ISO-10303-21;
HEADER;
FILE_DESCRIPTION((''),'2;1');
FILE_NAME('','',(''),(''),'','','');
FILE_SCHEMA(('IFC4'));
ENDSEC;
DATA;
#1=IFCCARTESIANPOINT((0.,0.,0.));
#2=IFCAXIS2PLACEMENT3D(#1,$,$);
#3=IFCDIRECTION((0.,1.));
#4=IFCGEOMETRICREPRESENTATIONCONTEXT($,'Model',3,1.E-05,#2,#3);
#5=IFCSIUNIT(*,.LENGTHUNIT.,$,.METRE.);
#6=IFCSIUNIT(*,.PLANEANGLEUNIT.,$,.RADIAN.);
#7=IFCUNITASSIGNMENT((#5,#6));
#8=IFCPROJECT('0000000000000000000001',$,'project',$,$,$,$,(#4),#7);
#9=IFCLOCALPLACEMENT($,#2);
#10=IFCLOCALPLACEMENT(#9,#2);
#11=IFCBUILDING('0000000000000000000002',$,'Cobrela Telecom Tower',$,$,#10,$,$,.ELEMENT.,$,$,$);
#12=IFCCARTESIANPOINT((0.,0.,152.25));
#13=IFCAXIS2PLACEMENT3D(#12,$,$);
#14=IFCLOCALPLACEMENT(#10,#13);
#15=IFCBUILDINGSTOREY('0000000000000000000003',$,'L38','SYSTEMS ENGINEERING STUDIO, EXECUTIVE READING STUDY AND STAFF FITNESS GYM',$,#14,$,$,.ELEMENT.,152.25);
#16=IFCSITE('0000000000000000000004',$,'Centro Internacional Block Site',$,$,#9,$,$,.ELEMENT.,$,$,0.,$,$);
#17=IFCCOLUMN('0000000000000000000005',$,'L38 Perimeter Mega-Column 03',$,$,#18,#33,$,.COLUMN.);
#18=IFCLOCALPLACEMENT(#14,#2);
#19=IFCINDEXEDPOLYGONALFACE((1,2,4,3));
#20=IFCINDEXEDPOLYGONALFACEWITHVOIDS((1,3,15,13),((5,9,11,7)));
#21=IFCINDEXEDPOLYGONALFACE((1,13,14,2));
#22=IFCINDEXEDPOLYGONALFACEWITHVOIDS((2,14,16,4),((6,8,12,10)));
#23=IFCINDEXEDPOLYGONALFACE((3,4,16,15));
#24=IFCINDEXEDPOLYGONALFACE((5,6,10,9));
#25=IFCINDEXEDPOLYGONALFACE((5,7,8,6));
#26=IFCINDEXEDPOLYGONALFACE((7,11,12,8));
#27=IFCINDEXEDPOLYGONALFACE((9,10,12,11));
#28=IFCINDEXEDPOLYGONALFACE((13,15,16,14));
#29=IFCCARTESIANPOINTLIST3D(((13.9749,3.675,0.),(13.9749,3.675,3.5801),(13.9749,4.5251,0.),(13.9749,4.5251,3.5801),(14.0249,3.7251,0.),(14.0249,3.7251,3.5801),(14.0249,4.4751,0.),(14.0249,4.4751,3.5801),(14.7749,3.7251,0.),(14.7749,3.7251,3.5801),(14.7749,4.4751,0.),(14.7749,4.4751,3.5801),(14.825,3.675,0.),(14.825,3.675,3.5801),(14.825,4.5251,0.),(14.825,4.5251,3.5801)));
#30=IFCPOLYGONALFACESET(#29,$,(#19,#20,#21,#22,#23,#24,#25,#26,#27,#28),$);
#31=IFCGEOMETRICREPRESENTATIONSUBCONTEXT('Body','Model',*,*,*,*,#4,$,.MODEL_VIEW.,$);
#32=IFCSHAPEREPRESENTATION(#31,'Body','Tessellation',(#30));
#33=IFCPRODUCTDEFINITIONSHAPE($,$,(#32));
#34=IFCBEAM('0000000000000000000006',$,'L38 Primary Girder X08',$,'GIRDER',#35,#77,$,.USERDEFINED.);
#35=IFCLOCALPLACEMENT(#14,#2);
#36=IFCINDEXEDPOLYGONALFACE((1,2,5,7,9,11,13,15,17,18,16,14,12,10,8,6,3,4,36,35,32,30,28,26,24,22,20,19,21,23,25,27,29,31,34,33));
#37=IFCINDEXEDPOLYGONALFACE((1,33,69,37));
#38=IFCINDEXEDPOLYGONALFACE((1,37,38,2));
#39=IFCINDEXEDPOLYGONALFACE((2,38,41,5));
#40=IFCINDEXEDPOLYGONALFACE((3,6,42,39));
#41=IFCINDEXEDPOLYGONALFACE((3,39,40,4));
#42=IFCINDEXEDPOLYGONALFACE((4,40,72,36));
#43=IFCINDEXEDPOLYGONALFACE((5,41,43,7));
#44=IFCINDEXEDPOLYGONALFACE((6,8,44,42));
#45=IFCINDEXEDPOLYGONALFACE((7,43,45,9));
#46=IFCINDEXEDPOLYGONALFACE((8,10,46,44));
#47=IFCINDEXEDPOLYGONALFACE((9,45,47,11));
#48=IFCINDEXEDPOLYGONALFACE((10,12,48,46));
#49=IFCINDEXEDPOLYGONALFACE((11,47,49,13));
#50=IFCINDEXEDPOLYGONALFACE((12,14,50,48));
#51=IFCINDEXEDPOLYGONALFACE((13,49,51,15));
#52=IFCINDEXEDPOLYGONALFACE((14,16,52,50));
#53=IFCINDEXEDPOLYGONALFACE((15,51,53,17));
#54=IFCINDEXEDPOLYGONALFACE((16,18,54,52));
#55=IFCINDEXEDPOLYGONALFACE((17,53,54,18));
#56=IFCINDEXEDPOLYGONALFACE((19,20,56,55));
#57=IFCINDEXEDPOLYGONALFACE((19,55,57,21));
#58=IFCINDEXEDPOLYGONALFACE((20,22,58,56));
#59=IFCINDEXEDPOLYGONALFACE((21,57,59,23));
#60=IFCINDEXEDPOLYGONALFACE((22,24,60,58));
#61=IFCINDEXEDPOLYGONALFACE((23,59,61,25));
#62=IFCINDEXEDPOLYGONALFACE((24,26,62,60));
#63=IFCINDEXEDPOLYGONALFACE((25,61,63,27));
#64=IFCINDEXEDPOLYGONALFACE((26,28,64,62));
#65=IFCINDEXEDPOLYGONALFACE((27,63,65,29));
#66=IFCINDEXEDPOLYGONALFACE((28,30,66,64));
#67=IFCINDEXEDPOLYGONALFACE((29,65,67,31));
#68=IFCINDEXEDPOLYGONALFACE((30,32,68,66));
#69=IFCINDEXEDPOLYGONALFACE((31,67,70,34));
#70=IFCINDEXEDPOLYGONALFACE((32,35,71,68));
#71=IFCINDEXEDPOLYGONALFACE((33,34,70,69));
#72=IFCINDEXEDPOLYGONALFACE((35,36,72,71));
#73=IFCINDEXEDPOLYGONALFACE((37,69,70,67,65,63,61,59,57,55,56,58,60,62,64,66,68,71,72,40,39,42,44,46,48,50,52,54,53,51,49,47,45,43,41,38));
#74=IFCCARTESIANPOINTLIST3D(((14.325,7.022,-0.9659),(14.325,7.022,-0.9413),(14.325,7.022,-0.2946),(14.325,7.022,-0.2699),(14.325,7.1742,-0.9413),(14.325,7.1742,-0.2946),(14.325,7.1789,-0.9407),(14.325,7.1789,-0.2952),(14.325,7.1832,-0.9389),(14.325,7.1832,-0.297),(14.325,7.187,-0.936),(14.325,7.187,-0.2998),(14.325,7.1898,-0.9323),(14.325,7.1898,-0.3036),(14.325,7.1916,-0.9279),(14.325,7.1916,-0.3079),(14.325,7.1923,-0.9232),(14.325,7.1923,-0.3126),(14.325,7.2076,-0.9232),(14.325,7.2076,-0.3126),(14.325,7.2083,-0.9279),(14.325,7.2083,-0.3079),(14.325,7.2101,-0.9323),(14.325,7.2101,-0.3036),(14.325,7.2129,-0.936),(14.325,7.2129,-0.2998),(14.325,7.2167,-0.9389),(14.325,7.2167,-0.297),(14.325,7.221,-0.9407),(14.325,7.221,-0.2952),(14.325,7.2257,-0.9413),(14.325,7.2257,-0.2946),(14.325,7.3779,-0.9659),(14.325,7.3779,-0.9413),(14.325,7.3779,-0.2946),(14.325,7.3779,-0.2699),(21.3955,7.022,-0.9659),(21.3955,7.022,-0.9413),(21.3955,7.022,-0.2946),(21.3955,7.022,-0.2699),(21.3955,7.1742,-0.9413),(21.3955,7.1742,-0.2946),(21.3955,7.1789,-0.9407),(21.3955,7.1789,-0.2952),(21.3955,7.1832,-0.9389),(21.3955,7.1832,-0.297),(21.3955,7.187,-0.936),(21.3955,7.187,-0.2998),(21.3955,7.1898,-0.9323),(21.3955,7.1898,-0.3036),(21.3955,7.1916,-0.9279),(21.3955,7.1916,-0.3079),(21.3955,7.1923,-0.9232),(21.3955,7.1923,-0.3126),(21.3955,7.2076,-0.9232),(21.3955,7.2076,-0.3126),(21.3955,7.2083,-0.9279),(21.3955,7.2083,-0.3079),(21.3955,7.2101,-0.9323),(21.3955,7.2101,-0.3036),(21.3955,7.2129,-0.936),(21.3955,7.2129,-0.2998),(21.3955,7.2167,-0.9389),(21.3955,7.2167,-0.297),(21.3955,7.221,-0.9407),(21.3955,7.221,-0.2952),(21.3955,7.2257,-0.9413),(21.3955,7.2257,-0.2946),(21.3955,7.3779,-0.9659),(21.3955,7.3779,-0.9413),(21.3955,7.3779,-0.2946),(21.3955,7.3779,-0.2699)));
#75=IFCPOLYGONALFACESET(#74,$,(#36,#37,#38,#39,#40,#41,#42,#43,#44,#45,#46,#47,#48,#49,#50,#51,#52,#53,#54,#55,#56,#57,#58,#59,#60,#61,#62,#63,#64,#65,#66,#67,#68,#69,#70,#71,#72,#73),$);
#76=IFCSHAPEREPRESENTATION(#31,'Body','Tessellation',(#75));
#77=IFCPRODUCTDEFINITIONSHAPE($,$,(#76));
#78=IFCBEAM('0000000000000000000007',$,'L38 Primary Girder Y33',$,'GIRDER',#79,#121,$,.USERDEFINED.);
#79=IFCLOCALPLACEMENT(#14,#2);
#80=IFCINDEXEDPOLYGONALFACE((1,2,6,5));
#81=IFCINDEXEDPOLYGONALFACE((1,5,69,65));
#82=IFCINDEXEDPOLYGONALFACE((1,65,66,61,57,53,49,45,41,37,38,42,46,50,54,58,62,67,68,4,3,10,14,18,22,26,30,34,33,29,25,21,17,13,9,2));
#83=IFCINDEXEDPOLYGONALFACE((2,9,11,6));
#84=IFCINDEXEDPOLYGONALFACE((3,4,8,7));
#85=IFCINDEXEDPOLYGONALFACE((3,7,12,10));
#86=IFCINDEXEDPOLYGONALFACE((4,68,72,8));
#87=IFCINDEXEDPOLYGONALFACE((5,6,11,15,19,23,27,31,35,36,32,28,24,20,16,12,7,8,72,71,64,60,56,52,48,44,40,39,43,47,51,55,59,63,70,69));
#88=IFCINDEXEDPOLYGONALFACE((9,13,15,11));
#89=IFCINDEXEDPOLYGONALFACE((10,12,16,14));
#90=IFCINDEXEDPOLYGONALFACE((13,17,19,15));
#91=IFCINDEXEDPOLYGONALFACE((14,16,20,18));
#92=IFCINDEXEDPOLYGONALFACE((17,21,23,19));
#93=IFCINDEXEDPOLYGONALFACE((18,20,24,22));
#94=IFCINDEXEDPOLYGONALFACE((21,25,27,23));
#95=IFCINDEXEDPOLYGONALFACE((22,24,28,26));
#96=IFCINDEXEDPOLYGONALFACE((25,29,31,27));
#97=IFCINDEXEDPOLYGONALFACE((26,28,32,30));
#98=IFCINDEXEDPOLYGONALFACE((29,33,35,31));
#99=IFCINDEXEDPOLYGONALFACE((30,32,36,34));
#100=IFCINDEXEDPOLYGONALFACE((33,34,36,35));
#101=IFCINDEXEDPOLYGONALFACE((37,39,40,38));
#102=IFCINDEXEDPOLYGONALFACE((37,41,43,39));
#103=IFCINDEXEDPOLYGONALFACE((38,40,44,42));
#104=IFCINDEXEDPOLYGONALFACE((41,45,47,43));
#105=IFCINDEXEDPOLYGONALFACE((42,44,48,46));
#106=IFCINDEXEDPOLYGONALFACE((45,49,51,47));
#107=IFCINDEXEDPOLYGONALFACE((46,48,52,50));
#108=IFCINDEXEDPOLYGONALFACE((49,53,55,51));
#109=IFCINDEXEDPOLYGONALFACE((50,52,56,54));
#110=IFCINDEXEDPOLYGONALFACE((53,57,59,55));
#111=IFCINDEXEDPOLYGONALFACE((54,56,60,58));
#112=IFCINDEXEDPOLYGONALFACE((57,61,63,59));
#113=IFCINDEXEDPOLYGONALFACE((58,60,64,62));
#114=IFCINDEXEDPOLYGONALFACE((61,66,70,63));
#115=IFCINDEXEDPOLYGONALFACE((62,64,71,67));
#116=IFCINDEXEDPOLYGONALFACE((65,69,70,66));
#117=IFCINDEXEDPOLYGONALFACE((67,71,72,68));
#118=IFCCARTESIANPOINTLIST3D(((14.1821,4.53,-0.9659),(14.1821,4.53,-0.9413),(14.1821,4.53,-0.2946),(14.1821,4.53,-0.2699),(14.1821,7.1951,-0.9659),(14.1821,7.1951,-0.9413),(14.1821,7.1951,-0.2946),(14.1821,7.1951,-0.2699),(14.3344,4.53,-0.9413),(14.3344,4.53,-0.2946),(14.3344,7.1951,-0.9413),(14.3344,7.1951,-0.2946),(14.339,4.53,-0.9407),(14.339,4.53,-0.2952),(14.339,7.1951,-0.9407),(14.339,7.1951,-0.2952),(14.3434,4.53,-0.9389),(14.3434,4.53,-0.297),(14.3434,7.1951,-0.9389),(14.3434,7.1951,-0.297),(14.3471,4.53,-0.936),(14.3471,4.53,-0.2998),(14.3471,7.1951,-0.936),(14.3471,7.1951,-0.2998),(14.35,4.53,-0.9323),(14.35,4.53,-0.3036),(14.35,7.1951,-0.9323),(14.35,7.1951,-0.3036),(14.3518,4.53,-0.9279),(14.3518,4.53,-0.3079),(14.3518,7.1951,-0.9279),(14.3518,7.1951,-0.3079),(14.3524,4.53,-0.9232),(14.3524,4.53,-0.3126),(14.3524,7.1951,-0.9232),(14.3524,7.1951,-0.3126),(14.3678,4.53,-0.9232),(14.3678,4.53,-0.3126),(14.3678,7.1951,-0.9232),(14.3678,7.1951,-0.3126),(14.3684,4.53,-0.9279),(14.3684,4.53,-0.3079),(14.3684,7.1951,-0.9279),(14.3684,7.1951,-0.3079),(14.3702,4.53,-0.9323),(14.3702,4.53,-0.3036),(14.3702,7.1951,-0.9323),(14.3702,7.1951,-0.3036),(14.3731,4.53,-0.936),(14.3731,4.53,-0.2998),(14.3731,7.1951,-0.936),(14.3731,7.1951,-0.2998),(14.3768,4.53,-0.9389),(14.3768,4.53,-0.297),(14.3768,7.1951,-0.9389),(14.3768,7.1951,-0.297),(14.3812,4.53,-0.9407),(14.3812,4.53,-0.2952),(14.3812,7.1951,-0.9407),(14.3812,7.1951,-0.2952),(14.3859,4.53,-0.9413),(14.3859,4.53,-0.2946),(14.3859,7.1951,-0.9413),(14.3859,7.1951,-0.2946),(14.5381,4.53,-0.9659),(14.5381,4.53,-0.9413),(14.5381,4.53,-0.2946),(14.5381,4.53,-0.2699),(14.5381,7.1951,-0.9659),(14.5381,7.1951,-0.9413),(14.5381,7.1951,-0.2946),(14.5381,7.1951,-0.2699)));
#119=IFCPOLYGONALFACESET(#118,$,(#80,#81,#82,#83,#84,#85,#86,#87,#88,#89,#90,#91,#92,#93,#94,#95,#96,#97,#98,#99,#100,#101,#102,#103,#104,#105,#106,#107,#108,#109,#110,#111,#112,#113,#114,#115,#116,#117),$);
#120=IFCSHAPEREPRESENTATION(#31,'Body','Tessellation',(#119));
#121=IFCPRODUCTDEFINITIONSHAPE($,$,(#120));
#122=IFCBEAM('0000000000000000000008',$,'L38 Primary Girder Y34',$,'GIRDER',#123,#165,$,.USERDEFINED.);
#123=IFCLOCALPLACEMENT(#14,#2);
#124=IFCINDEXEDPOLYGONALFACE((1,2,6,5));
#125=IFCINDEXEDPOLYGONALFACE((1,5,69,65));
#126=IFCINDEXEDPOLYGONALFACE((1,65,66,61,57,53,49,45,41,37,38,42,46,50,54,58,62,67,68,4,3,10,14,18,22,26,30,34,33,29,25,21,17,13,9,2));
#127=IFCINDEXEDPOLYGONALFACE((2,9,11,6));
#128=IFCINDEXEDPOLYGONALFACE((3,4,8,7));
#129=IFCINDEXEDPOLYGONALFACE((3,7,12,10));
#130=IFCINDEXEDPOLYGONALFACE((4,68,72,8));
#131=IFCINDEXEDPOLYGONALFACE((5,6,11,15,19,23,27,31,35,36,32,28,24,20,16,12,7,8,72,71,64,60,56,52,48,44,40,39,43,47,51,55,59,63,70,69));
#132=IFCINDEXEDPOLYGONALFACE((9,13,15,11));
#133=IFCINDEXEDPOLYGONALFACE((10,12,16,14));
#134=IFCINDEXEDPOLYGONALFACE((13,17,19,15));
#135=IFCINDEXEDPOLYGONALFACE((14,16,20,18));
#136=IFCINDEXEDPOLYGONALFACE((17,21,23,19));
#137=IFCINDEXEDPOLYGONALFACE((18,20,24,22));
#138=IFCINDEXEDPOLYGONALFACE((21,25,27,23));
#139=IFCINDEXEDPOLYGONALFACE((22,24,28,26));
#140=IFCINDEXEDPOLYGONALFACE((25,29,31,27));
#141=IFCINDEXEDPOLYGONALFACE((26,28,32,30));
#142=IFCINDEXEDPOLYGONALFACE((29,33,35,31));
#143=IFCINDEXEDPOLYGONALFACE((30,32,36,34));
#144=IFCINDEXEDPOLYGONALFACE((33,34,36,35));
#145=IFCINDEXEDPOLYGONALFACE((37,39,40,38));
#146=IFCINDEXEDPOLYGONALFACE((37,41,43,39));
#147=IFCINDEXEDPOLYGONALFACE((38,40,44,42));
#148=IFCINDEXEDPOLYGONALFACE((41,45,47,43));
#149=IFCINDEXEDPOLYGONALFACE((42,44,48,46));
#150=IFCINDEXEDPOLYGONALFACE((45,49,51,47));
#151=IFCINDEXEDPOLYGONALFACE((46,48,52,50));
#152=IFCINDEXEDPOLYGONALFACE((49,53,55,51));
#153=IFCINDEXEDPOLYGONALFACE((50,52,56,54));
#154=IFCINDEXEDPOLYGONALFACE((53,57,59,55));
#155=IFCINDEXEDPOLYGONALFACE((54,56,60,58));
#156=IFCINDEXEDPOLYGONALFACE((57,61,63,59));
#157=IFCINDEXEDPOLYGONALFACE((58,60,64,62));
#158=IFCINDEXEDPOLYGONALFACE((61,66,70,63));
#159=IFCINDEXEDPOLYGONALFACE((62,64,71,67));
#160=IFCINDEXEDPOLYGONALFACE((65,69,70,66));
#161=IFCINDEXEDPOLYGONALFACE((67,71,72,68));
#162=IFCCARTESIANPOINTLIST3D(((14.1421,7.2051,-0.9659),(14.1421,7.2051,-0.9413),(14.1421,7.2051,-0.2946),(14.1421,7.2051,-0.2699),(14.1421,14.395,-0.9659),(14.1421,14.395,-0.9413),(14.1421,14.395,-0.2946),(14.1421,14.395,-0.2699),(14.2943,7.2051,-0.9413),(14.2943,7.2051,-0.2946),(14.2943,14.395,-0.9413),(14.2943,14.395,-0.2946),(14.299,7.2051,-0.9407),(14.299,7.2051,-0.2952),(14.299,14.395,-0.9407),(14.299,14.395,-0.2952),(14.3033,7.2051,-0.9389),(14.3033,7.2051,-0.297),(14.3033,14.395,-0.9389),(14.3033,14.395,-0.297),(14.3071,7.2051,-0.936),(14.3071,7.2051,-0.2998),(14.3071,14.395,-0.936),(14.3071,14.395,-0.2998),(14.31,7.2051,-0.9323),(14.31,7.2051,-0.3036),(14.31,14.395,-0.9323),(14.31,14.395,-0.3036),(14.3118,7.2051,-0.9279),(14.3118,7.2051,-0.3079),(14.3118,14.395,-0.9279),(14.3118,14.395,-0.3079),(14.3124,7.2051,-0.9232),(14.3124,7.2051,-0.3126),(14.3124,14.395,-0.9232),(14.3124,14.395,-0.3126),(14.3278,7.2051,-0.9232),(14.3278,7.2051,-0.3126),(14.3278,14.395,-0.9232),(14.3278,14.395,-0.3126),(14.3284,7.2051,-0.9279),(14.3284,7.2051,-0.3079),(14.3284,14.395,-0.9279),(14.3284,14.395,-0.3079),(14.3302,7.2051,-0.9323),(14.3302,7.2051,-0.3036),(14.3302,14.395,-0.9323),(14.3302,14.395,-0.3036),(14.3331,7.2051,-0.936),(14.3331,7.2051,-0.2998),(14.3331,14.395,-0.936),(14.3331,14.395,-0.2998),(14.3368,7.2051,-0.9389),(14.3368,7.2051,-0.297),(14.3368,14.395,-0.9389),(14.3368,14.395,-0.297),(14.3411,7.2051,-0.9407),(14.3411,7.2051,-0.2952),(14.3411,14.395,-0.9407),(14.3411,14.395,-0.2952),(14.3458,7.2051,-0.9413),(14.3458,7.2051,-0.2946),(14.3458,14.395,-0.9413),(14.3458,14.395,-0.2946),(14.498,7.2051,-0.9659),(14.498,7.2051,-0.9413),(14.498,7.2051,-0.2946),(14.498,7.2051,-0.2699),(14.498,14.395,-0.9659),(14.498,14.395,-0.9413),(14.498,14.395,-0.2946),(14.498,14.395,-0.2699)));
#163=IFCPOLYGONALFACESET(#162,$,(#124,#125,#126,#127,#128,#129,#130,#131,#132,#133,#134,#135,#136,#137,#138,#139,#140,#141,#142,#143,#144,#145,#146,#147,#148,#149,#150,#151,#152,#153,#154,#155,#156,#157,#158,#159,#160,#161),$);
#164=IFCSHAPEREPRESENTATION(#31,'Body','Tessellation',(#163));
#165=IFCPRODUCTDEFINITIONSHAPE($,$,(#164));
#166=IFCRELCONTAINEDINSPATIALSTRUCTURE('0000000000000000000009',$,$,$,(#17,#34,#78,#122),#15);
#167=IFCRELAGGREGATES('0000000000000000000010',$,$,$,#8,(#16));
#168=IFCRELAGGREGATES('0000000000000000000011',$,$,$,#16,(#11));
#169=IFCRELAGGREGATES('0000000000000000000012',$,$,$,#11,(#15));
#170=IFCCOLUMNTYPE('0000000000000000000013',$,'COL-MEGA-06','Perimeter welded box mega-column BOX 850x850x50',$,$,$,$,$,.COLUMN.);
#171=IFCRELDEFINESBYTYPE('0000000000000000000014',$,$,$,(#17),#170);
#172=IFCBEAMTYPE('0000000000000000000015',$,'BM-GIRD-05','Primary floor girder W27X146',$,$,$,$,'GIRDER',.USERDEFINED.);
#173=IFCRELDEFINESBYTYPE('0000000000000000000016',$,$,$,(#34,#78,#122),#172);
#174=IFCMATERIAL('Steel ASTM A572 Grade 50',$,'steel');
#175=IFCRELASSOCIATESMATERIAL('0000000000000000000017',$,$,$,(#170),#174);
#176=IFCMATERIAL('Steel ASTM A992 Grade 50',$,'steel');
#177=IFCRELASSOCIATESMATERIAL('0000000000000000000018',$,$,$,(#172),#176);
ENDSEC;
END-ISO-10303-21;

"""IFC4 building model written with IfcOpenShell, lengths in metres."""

from ifc_helpers import new_model, si_unit, direction, frame, origin, origin_2d, place, context, subcontext, project, spatial, hollow_rectangle, i_section, extrude, material, material_profile, profile_set, type_object, element, save


model = new_model("IFC4")

# Units and contexts
model_context = context("Model", 3, precision=1e-05, world=origin(), true_north=direction((0.0, 1.0)))
body_context = subcontext(model_context, "Body", "Model", "MODEL_VIEW")
ifc_project = project(units=[si_unit("LENGTHUNIT", "METRE"), si_unit("PLANEANGLEUNIT", "RADIAN")], contexts=[model_context])

# Site, building, storey
site_placement = place(None, origin())
site = spatial("IfcSite", under=ifc_project, at=site_placement, Name="Centro Internacional Block Site", CompositionType="ELEMENT", RefElevation=0.0)
building_placement = place(site_placement, origin())
building = spatial("IfcBuilding", under=site, at=building_placement, Name="Cobrela Telecom Tower", CompositionType="ELEMENT")
storey_placement = place(building_placement, frame((0.0, 0.0, 152.25)))
storey = spatial("IfcBuildingStorey", under=building, at=storey_placement, Name="L38", Description="SYSTEMS ENGINEERING STUDIO, EXECUTIVE READING STUDY AND STAFF FITNESS GYM", CompositionType="ELEMENT", Elevation=152.25)

# Column
ifc_material_1 = material(Name="Steel ASTM A572 Grade 50", Category="steel")
ifc_material_profile_1 = material_profile(ifc_material_1, hollow_rectangle(XDim=0.8501, YDim=0.8501, WallThickness=0.05, at=origin_2d()), Name="BOX 850x850x50")
ifc_profile_set_1 = profile_set([ifc_material_profile_1], Name="Steel ASTM A572 Grade 50")
column_type = type_object("IfcColumnType", Name="COL-MEGA-06", Description="Perimeter welded box mega-column BOX 850x850x50", PredefinedType="COLUMN", material=ifc_profile_set_1)
column_placement = place(storey_placement, frame((14.3999, 4.1001, 0.0), z_axis=(0.0, 0.0, 1.0), x_axis=(1.0, 0.0, 0.0)))
element("IfcColumn", 1, at=column_placement, inside=storey, type_object=column_type, Name="L38 Perimeter Mega-Column 03", PredefinedType="COLUMN", context=body_context, shape_type="SweptSolid", body=[
    extrude(hollow_rectangle(XDim=0.8501, YDim=0.8501, WallThickness=0.05, at=origin_2d()), origin(), (0.0, 0.0, 1.0), 3.5801),
])

# Beams
ifc_material_2 = material(Name="Steel ASTM A992 Grade 50", Category="steel")
ifc_material_profile_2 = material_profile(ifc_material_2, i_section(OverallWidth=0.356, OverallDepth=0.696, WebThickness=0.0154, FlangeThickness=0.0247, FilletRadius=0.0181, at=origin_2d()), Name="W27X146")
ifc_profile_set_2 = profile_set([ifc_material_profile_2], Name="Steel ASTM A992 Grade 50")
beam_type_1 = type_object("IfcBeamType", Name="BM-GIRD-05", Description="Primary floor girder W27X146", ElementType="GIRDER", PredefinedType="USERDEFINED", material=ifc_profile_set_2)
beam_1_placement = place(storey_placement, frame((14.325, 7.2, -0.6179), z_axis=(1.0, 0.0, 0.0), x_axis=(0.0, 1.0, 0.0)))
element("IfcBeam", 2, at=beam_1_placement, inside=storey, type_object=beam_type_1, Name="L38 Primary Girder X08", ObjectType="GIRDER", PredefinedType="USERDEFINED", context=body_context, shape_type="SweptSolid", body=[
    extrude(i_section(OverallWidth=0.356, OverallDepth=0.696, WebThickness=0.0154, FlangeThickness=0.0247, FilletRadius=0.0181, at=origin_2d()), origin(), (0.0, 0.0, 1.0), 7.0706),
])
beam_2_placement = place(storey_placement, frame((14.3601, 4.53, -0.6179), z_axis=(0.0, 1.0, 0.0), x_axis=(-1.0, 0.0, 0.0)))
element("IfcBeam", 3, at=beam_2_placement, inside=storey, type_object=beam_type_1, Name="L38 Primary Girder Y33", ObjectType="GIRDER", PredefinedType="USERDEFINED", context=body_context, shape_type="SweptSolid", body=[
    extrude(i_section(OverallWidth=0.356, OverallDepth=0.696, WebThickness=0.0154, FlangeThickness=0.0247, FilletRadius=0.0181, at=origin_2d()), origin(), (0.0, 0.0, 1.0), 2.665),
])
beam_3_placement = place(storey_placement, frame((14.3201, 7.2051, -0.6179), z_axis=(0.0, 1.0, 0.0), x_axis=(-1.0, 0.0, 0.0)))
element("IfcBeam", 4, at=beam_3_placement, inside=storey, type_object=beam_type_1, Name="L38 Primary Girder Y34", ObjectType="GIRDER", PredefinedType="USERDEFINED", context=body_context, shape_type="SweptSolid", body=[
    extrude(i_section(OverallWidth=0.356, OverallDepth=0.696, WebThickness=0.0154, FlangeThickness=0.0247, FilletRadius=0.0181, at=origin_2d()), origin(), (0.0, 0.0, 1.0), 7.1899),
])

save(model, "model.ifc")
